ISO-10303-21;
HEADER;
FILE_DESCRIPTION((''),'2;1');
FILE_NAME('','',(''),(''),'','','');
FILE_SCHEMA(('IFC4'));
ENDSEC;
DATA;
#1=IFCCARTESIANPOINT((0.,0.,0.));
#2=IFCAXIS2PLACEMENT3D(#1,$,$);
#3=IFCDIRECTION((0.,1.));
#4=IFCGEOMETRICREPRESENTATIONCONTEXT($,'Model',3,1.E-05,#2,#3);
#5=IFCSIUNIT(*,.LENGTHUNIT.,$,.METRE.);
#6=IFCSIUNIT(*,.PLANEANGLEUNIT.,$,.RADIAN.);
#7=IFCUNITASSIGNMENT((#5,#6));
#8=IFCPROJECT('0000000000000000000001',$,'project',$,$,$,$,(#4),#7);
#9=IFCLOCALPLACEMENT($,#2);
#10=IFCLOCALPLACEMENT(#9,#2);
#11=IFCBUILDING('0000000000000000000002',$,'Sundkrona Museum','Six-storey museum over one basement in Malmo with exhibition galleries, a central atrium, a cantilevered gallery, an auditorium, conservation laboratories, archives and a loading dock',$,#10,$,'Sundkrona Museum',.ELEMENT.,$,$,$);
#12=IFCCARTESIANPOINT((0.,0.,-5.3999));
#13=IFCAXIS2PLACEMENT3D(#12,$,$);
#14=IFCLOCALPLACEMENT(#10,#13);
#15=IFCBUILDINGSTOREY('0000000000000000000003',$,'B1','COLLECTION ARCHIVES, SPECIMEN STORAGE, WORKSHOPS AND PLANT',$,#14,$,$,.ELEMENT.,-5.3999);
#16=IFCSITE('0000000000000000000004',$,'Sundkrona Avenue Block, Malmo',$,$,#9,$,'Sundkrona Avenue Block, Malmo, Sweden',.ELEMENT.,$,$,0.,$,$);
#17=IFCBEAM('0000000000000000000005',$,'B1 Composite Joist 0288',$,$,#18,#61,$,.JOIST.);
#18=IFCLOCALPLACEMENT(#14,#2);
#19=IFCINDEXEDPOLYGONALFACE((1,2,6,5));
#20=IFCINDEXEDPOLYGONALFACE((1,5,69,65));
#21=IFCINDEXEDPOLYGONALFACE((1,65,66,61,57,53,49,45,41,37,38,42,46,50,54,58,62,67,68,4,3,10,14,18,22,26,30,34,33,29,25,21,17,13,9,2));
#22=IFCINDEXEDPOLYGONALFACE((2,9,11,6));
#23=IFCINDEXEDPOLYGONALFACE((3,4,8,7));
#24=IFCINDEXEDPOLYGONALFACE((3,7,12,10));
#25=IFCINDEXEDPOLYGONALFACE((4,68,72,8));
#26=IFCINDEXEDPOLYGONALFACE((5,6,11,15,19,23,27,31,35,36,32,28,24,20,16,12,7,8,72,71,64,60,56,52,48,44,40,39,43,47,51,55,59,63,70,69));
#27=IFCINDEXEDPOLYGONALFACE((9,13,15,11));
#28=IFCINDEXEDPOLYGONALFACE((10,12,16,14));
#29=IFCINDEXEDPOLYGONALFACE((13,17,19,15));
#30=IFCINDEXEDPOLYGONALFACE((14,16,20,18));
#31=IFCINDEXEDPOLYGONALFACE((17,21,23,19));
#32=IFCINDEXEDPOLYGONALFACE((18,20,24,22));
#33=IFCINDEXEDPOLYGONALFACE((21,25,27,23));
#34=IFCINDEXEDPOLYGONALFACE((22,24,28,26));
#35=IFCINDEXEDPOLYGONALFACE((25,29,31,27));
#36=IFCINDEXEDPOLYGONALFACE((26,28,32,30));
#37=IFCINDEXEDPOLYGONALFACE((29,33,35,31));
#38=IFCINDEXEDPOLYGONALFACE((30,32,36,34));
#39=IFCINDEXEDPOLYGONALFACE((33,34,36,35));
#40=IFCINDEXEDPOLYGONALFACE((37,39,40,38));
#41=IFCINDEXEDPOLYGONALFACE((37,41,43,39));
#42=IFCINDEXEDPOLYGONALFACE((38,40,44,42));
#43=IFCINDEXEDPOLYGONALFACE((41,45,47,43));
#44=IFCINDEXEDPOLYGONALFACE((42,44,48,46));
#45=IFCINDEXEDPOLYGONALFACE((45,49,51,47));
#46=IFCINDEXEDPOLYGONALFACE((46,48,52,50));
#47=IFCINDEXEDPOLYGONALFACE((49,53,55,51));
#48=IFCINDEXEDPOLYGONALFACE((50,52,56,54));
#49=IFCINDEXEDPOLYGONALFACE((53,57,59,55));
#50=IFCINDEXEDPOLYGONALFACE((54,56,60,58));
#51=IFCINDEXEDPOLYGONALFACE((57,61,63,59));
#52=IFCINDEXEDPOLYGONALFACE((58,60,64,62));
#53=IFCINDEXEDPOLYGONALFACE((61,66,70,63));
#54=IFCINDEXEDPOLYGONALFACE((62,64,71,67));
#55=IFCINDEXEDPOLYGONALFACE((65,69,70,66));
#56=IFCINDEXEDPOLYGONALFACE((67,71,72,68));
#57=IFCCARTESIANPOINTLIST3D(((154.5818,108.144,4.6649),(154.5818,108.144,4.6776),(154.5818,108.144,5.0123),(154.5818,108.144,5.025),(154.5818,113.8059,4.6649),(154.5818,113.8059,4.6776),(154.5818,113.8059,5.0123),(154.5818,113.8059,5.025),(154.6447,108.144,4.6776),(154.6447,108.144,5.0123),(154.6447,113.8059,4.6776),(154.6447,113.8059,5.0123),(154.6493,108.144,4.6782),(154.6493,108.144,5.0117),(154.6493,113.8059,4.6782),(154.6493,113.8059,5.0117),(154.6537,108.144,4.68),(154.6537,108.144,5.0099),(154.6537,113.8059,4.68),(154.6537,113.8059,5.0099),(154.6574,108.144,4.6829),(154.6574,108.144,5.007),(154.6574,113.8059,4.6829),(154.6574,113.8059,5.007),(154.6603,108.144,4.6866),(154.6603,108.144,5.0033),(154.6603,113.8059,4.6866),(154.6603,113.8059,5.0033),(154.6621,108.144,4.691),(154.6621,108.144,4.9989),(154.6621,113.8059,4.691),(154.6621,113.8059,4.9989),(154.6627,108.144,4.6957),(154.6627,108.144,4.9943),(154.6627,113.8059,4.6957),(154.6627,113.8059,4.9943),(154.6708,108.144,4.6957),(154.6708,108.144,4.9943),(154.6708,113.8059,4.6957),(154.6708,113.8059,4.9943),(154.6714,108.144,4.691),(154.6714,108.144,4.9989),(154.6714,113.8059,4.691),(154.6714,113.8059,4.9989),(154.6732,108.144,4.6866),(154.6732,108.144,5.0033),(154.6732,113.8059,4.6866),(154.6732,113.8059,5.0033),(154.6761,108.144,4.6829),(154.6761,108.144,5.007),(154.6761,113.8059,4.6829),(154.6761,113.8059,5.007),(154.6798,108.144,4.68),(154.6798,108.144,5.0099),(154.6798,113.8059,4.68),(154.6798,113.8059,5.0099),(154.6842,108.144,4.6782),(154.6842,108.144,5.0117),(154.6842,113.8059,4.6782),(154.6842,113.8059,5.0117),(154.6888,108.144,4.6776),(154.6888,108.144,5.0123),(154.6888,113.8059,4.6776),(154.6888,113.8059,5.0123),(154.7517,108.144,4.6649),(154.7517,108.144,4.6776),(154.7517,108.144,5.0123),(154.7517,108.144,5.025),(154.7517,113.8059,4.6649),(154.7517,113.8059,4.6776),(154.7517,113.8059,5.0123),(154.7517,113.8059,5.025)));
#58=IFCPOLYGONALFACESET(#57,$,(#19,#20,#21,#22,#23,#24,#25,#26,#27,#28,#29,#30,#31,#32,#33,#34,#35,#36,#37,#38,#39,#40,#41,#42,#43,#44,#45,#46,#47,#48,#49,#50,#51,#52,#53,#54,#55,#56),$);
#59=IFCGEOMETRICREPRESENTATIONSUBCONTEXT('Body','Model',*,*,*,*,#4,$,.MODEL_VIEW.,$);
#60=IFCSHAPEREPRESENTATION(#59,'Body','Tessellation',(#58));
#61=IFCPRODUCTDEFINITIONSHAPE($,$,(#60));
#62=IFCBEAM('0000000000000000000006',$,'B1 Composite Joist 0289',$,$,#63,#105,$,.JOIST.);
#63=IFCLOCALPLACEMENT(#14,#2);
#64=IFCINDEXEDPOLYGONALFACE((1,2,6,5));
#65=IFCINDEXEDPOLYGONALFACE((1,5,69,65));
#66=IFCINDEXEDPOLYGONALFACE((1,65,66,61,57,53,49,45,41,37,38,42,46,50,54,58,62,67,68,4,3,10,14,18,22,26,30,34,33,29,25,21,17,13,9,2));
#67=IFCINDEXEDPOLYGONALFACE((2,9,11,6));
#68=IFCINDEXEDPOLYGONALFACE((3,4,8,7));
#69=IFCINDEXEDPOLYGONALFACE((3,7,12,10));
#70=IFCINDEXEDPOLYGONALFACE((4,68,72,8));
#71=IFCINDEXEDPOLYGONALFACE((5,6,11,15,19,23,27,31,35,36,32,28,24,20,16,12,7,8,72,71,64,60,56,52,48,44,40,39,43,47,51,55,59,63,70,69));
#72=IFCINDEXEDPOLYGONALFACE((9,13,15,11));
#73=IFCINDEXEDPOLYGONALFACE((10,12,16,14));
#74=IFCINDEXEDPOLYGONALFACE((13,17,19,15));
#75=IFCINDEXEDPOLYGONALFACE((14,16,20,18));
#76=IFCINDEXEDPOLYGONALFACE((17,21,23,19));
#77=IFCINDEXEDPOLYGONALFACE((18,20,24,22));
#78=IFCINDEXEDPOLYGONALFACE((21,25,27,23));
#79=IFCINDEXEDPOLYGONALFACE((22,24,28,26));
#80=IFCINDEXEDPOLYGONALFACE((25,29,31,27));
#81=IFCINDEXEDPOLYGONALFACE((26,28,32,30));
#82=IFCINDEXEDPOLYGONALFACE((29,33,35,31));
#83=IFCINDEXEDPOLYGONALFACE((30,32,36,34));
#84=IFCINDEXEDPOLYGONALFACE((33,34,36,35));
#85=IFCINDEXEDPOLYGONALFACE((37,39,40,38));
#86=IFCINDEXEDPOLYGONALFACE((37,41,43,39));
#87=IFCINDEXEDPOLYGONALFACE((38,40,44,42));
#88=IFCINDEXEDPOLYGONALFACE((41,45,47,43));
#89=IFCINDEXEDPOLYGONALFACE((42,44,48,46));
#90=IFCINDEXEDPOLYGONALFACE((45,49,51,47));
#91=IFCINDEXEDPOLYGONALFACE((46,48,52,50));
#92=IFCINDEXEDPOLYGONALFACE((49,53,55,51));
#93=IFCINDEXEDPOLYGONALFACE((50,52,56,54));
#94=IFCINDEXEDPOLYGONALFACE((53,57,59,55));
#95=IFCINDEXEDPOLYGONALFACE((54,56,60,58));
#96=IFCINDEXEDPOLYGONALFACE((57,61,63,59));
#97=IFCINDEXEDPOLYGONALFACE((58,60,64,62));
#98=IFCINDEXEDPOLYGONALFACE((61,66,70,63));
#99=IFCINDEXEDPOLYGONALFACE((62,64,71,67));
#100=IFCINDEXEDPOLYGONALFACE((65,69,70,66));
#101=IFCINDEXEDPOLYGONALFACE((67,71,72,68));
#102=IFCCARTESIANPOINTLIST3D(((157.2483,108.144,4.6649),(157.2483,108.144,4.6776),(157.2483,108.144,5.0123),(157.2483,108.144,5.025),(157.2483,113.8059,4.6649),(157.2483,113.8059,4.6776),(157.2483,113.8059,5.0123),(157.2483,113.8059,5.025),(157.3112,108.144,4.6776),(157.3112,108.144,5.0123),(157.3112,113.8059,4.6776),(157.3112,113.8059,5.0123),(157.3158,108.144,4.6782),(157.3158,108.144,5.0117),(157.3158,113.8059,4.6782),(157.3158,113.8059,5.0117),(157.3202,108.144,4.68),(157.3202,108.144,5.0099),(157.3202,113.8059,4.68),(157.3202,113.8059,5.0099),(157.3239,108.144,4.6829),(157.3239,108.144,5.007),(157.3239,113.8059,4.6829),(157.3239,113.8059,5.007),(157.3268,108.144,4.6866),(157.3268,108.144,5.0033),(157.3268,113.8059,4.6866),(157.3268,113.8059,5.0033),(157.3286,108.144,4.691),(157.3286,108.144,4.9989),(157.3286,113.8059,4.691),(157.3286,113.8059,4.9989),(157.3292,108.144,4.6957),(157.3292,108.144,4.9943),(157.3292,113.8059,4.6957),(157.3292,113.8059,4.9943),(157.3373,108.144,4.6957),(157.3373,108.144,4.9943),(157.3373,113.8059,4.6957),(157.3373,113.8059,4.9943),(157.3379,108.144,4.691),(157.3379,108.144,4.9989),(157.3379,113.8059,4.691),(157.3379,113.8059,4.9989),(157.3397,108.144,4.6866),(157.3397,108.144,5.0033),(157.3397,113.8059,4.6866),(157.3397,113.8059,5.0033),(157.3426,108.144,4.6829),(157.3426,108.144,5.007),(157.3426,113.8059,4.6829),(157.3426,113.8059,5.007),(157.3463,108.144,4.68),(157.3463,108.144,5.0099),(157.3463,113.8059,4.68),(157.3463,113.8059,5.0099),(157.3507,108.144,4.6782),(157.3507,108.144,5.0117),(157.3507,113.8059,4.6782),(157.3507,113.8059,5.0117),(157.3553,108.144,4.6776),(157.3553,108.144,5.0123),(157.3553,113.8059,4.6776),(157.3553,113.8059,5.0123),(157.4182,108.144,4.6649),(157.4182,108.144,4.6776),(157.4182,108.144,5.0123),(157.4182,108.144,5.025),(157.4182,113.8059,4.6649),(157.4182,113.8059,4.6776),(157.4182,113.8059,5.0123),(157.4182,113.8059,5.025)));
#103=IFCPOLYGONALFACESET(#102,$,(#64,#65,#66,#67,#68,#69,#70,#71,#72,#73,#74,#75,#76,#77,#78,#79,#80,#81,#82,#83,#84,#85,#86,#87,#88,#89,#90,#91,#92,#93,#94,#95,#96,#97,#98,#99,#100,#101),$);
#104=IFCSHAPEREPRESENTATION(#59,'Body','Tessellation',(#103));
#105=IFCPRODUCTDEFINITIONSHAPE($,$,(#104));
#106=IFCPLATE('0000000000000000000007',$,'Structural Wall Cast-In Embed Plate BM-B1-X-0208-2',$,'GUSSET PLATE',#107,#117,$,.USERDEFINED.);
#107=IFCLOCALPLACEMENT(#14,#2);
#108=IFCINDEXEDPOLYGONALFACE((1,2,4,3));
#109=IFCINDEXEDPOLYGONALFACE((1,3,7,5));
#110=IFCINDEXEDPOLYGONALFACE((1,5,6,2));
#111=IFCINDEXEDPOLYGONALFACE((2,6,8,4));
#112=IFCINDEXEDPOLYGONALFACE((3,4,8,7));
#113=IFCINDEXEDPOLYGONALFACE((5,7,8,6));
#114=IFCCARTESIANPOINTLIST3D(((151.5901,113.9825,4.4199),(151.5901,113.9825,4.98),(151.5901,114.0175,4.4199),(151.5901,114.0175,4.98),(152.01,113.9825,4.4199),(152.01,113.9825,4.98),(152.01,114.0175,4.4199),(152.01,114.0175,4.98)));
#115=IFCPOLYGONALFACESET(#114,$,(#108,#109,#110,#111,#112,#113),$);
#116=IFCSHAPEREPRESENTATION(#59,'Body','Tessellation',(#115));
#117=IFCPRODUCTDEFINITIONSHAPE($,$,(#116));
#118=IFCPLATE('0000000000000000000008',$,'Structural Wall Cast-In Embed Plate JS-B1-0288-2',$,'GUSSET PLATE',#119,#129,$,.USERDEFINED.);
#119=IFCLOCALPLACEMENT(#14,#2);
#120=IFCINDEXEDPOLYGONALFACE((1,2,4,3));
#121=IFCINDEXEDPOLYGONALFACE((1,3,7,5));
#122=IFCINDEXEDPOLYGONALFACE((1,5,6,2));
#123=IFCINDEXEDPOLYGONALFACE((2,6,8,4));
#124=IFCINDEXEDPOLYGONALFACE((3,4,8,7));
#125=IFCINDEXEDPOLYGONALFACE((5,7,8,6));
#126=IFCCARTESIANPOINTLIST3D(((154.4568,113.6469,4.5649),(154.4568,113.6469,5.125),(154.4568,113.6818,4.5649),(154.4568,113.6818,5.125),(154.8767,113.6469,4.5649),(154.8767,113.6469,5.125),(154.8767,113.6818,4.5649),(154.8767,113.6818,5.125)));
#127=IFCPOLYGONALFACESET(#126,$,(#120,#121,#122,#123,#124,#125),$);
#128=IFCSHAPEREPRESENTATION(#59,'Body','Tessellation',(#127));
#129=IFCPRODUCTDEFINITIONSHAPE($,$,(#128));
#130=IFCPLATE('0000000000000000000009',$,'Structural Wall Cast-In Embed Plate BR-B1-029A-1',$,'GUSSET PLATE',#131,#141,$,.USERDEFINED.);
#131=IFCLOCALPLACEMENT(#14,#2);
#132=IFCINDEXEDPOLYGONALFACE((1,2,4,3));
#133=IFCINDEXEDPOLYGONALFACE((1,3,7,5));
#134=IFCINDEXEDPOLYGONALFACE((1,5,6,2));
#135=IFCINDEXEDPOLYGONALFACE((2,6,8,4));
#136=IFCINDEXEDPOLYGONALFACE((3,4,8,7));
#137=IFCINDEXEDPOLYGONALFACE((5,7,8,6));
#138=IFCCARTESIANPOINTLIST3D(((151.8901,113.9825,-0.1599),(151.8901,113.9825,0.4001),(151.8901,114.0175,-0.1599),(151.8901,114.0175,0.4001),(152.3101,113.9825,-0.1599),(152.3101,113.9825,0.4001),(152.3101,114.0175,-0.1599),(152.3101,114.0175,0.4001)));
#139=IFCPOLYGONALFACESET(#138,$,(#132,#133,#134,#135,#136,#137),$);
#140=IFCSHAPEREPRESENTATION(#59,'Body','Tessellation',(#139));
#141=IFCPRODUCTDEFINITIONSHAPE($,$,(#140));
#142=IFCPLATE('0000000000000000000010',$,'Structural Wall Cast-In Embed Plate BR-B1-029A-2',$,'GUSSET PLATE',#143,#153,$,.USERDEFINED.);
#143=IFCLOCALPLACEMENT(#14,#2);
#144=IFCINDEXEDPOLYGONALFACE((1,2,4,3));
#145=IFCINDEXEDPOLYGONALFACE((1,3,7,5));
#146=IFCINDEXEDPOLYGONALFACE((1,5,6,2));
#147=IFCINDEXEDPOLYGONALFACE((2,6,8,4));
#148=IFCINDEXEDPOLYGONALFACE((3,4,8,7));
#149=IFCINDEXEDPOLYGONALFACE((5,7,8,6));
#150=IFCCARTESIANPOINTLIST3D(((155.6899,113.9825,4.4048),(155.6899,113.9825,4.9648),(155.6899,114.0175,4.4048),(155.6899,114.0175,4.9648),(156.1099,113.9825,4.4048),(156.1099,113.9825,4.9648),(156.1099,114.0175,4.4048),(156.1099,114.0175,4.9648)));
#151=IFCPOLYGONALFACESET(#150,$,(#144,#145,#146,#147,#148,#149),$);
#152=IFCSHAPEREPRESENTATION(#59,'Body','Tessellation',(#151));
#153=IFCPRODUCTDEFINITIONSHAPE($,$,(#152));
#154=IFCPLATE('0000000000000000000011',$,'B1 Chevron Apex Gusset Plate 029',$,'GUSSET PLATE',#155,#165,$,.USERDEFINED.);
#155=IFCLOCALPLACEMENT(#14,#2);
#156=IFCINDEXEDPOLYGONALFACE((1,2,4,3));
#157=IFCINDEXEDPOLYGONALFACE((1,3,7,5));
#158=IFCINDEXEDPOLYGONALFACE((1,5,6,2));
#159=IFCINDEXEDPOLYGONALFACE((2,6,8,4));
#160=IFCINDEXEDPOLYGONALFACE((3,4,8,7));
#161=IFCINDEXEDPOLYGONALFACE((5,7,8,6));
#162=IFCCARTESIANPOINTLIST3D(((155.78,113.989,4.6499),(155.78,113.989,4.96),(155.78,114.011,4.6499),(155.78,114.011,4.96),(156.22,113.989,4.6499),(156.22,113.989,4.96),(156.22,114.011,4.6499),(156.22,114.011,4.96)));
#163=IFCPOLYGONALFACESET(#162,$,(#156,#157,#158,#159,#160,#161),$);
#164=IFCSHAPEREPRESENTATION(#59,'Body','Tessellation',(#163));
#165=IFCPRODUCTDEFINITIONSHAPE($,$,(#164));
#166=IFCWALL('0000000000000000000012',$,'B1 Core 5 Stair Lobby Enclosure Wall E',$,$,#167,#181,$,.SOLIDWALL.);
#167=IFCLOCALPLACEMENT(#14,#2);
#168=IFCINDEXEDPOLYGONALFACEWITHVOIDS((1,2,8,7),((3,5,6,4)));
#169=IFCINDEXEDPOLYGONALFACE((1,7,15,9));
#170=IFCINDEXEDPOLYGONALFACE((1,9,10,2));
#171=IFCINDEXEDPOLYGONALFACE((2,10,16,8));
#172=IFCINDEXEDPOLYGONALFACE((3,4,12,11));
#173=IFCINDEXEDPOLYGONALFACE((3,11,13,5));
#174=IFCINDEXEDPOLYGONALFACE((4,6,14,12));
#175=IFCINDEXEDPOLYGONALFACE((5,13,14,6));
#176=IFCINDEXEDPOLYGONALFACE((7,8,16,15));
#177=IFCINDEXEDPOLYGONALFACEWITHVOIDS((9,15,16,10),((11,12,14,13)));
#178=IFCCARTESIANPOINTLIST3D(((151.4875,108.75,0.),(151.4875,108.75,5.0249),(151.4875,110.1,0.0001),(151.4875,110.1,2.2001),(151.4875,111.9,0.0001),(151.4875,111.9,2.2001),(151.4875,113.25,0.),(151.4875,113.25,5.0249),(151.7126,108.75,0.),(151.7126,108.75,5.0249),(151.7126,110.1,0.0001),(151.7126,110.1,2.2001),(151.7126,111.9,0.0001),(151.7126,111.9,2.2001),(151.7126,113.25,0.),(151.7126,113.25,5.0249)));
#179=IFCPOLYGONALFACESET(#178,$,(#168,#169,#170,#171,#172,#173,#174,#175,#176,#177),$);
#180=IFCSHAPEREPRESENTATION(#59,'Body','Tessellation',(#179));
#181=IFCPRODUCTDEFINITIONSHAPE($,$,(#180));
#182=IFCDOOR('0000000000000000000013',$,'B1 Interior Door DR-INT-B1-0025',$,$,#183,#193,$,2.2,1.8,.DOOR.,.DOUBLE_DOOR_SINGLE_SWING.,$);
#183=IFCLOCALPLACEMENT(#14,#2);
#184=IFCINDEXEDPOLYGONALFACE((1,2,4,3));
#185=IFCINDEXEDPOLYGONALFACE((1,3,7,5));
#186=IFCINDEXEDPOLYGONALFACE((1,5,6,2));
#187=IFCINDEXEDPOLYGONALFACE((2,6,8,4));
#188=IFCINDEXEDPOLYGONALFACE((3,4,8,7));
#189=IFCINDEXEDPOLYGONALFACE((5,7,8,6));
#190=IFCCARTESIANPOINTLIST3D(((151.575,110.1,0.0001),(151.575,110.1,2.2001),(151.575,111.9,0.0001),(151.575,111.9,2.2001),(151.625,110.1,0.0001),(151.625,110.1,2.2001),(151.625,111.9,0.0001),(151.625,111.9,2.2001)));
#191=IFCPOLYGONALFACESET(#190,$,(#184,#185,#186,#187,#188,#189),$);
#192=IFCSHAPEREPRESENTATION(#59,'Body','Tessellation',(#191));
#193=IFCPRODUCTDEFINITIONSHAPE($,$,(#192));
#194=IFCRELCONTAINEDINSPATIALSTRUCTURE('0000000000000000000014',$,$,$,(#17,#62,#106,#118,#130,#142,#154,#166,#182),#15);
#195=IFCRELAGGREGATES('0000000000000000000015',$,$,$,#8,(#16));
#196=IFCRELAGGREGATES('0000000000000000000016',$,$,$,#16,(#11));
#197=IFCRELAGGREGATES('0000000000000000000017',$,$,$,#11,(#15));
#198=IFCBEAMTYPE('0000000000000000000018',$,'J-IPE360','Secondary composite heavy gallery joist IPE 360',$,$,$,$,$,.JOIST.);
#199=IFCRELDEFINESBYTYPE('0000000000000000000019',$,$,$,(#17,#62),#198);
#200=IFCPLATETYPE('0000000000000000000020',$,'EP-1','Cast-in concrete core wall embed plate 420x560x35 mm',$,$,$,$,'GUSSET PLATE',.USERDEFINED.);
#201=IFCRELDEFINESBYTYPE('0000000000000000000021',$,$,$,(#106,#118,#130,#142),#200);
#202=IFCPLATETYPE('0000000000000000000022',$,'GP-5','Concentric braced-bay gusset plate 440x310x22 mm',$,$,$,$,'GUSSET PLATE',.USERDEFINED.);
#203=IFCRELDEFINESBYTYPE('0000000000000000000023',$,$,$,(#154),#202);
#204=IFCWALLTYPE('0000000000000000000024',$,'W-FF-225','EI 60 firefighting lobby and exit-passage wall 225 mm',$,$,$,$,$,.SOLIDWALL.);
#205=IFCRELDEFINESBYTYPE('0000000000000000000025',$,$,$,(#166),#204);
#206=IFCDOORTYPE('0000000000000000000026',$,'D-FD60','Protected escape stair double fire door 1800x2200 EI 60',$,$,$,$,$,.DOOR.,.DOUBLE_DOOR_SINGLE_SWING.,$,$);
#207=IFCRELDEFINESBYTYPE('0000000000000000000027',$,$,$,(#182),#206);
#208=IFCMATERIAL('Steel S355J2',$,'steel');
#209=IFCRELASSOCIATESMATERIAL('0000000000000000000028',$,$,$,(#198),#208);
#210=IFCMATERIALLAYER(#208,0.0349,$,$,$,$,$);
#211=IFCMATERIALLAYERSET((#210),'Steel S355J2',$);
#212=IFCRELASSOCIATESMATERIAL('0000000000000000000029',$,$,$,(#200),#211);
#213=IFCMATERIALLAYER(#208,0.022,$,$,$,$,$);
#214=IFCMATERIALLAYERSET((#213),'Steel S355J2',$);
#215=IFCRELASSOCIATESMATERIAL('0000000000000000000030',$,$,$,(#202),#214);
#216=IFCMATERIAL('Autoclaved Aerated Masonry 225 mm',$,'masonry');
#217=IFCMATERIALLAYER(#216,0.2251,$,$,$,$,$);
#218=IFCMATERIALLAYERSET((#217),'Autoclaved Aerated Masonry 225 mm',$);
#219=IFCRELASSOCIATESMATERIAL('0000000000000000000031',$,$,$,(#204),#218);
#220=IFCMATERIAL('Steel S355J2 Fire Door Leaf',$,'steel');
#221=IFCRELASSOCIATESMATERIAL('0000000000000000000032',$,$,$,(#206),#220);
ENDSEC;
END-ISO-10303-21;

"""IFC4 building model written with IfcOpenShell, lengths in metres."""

from ifc_helpers import new_model, si_unit, direction, frame, frame_2d, origin, origin_2d, place, context, subcontext, project, spatial, rectangle, i_section, extrude, material, layer, layer_set, material_profile, profile_set, type_object, element, fill, save


model = new_model("IFC4")

# Units and contexts
model_context = context("Model", 3, precision=1e-05, world=origin(), true_north=direction((0.0, 1.0)))
body_context = subcontext(model_context, "Body", "Model", "MODEL_VIEW")
ifc_project = project(units=[si_unit("LENGTHUNIT", "METRE"), si_unit("PLANEANGLEUNIT", "RADIAN")], contexts=[model_context])

# Site, building, storey
site_placement = place(None, origin())
site = spatial("IfcSite", under=ifc_project, at=site_placement, Name="Sundkrona Avenue Block, Malmo", LongName="Sundkrona Avenue Block, Malmo, Sweden", CompositionType="ELEMENT", RefElevation=0.0)
building_placement = place(site_placement, origin())
building = spatial("IfcBuilding", under=site, at=building_placement, Name="Sundkrona Museum", Description="Six-storey museum over one basement in Malmo with exhibition galleries, a central atrium, a cantilevered gallery, an auditorium, conservation laboratories, archives and a loading dock", LongName="Sundkrona Museum", CompositionType="ELEMENT")
storey_placement = place(building_placement, frame((0.0, 0.0, -5.3999)))
storey = spatial("IfcBuildingStorey", under=building, at=storey_placement, Name="B1", Description="COLLECTION ARCHIVES, SPECIMEN STORAGE, WORKSHOPS AND PLANT", CompositionType="ELEMENT", Elevation=-5.3999)

# Shared definitions
ifc_material_1 = material(Name="Steel S355J2", Category="steel")

# Beams
ifc_material_profile_1 = material_profile(ifc_material_1, i_section(OverallWidth=0.1699, OverallDepth=0.3601, WebThickness=0.0081, FlangeThickness=0.0127, FilletRadius=0.0181, at=origin_2d()), Name="IPE 360")
ifc_profile_set_1 = profile_set([ifc_material_profile_1], Name="Steel S355J2")
beam_type_1 = type_object("IfcBeamType", Name="J-IPE360", Description="Secondary composite heavy gallery joist IPE 360", PredefinedType="JOIST", material=ifc_profile_set_1)
for number, where, z_axis, x_axis, name in (
    (1, (154.6667, 108.144, 4.845), (0.0, 1.0, 0.0), (-1.0, 0.0, 0.0), "B1 Composite Joist 0288"),
    (2, (157.3333, 108.144, 4.845), (0.0, 1.0, 0.0), (-1.0, 0.0, 0.0), "B1 Composite Joist 0289"),
):
    element("IfcBeam", number, at=place(storey_placement, frame(where, z_axis=z_axis, x_axis=x_axis)), inside=storey, type_object=beam_type_1, Name=name, PredefinedType="JOIST", context=body_context, shape_type="SweptSolid", body=[
        extrude(i_section(OverallWidth=0.1699, OverallDepth=0.3601, WebThickness=0.0081, FlangeThickness=0.0127, FilletRadius=0.0181, at=origin_2d()), origin(), (0.0, 0.0, 1.0), 5.6619),
    ])

# Plates
ifc_layer_1 = layer(ifc_material_1, 0.0349)
ifc_layer_set_1 = layer_set([ifc_layer_1], Name="Steel S355J2")
plate_type_1 = type_object("IfcPlateType", Name="EP-1", Description="Cast-in concrete core wall embed plate 420x560x35 mm", ElementType="GUSSET PLATE", PredefinedType="USERDEFINED", material=ifc_layer_set_1)
for number, where, z_axis, x_axis, name in (
    (3, (151.8, 114.0, 4.4199), (0.0, 0.0, 1.0), (1.0, 0.0, 0.0), "Structural Wall Cast-In Embed Plate BM-B1-X-0208-2"),
    (4, (154.6667, 113.6643, 4.5649), (0.0, 0.0, 1.0), (1.0, 0.0, 0.0), "Structural Wall Cast-In Embed Plate JS-B1-0288-2"),
    (5, (152.1001, 114.0, -0.1599), (0.0, 0.0, 1.0), (1.0, 0.0, 0.0), "Structural Wall Cast-In Embed Plate BR-B1-029A-1"),
    (6, (155.8999, 114.0, 4.4048), (0.0, 0.0, 1.0), (1.0, 0.0, 0.0), "Structural Wall Cast-In Embed Plate BR-B1-029A-2"),
):
    element("IfcPlate", number, at=place(storey_placement, frame(where, z_axis=z_axis, x_axis=x_axis)), inside=storey, type_object=plate_type_1, Name=name, ObjectType="GUSSET PLATE", PredefinedType="USERDEFINED", context=body_context, shape_type="SweptSolid", body=[
        extrude(rectangle(XDim=0.4199, YDim=0.0349, at=origin_2d()), origin(), (0.0, 0.0, 1.0), 0.5601),
    ])
ifc_layer_2 = layer(ifc_material_1, 0.022)
ifc_layer_set_2 = layer_set([ifc_layer_2], Name="Steel S355J2")
plate_type_2 = type_object("IfcPlateType", Name="GP-5", Description="Concentric braced-bay gusset plate 440x310x22 mm", ElementType="GUSSET PLATE", PredefinedType="USERDEFINED", material=ifc_layer_set_2)
plate_placement = place(storey_placement, frame((156.0, 114.0, 4.6499), z_axis=(0.0, 0.0, 1.0), x_axis=(1.0, 0.0, 0.0)))
element("IfcPlate", 7, at=plate_placement, inside=storey, type_object=plate_type_2, Name="B1 Chevron Apex Gusset Plate 029", ObjectType="GUSSET PLATE", PredefinedType="USERDEFINED", context=body_context, shape_type="SweptSolid", body=[
    extrude(rectangle(XDim=0.4399, YDim=0.022, at=origin_2d()), origin(), (0.0, 0.0, 1.0), 0.3101),
])

# Wall, opening, door
ifc_material_2 = material(Name="Autoclaved Aerated Masonry 225 mm", Category="masonry")
ifc_layer_3 = layer(ifc_material_2, 0.2251)
ifc_layer_set_3 = layer_set([ifc_layer_3], Name="Autoclaved Aerated Masonry 225 mm")
wall_type = type_object("IfcWallType", Name="W-FF-225", Description="EI 60 firefighting lobby and exit-passage wall 225 mm", PredefinedType="SOLIDWALL", material=ifc_layer_set_3)
wall_placement = place(storey_placement, frame((151.6001, 113.25, 0.0), z_axis=(0.0, 0.0, 1.0), x_axis=(0.0, -1.0, 0.0)))
wall = element("IfcWall", 8, at=wall_placement, inside=storey, type_object=wall_type, Name="B1 Core 5 Stair Lobby Enclosure Wall E", PredefinedType="SOLIDWALL", context=body_context, shape_type="SweptSolid", body=[
    extrude(rectangle(XDim=4.5, YDim=0.2251, at=frame_2d((2.25, 0.0))), origin(), (0.0, 0.0, 1.0), 5.0249),
])
opening_placement = place(wall_placement, frame((1.3501, 0.0, 0.0)))
opening = element("IfcOpeningElement", 9, at=opening_placement, cuts=wall, PredefinedType="OPENING", context=body_context, shape_type="SweptSolid", body=[
    extrude(rectangle(XDim=1.8, YDim=2.2, at=frame_2d((0.8999, 1.1001))), frame((0.0, 0.1226, 0.0), z_axis=(0.0, -1.0, 0.0), x_axis=(1.0, 0.0, 0.0)), (0.0, 0.0, 1.0), 0.2451),
])
ifc_material_3 = material(Name="Steel S355J2 Fire Door Leaf", Category="steel")
door_type = type_object("IfcDoorType", Name="D-FD60", Description="Protected escape stair double fire door 1800x2200 EI 60", OperationType="DOUBLE_DOOR_SINGLE_SWING", PredefinedType="DOOR", material=ifc_material_3)
door_placement = place(opening_placement, origin())
door = element("IfcDoor", 10, at=door_placement, inside=storey, type_object=door_type, Name="B1 Interior Door DR-INT-B1-0025", OperationType="DOUBLE_DOOR_SINGLE_SWING", OverallHeight=2.2, OverallWidth=1.8, PredefinedType="DOOR", context=body_context, shape_type="SweptSolid", body=[
    extrude(rectangle(XDim=1.8, YDim=2.2, at=frame_2d((0.8999, 1.1001))), frame((0.0, 0.0249, 0.0), z_axis=(0.0, -1.0, 0.0), x_axis=(1.0, 0.0, 0.0)), (0.0, 0.0, 1.0), 0.05),
])
fill(opening, door)

save(model, "model.ifc")
